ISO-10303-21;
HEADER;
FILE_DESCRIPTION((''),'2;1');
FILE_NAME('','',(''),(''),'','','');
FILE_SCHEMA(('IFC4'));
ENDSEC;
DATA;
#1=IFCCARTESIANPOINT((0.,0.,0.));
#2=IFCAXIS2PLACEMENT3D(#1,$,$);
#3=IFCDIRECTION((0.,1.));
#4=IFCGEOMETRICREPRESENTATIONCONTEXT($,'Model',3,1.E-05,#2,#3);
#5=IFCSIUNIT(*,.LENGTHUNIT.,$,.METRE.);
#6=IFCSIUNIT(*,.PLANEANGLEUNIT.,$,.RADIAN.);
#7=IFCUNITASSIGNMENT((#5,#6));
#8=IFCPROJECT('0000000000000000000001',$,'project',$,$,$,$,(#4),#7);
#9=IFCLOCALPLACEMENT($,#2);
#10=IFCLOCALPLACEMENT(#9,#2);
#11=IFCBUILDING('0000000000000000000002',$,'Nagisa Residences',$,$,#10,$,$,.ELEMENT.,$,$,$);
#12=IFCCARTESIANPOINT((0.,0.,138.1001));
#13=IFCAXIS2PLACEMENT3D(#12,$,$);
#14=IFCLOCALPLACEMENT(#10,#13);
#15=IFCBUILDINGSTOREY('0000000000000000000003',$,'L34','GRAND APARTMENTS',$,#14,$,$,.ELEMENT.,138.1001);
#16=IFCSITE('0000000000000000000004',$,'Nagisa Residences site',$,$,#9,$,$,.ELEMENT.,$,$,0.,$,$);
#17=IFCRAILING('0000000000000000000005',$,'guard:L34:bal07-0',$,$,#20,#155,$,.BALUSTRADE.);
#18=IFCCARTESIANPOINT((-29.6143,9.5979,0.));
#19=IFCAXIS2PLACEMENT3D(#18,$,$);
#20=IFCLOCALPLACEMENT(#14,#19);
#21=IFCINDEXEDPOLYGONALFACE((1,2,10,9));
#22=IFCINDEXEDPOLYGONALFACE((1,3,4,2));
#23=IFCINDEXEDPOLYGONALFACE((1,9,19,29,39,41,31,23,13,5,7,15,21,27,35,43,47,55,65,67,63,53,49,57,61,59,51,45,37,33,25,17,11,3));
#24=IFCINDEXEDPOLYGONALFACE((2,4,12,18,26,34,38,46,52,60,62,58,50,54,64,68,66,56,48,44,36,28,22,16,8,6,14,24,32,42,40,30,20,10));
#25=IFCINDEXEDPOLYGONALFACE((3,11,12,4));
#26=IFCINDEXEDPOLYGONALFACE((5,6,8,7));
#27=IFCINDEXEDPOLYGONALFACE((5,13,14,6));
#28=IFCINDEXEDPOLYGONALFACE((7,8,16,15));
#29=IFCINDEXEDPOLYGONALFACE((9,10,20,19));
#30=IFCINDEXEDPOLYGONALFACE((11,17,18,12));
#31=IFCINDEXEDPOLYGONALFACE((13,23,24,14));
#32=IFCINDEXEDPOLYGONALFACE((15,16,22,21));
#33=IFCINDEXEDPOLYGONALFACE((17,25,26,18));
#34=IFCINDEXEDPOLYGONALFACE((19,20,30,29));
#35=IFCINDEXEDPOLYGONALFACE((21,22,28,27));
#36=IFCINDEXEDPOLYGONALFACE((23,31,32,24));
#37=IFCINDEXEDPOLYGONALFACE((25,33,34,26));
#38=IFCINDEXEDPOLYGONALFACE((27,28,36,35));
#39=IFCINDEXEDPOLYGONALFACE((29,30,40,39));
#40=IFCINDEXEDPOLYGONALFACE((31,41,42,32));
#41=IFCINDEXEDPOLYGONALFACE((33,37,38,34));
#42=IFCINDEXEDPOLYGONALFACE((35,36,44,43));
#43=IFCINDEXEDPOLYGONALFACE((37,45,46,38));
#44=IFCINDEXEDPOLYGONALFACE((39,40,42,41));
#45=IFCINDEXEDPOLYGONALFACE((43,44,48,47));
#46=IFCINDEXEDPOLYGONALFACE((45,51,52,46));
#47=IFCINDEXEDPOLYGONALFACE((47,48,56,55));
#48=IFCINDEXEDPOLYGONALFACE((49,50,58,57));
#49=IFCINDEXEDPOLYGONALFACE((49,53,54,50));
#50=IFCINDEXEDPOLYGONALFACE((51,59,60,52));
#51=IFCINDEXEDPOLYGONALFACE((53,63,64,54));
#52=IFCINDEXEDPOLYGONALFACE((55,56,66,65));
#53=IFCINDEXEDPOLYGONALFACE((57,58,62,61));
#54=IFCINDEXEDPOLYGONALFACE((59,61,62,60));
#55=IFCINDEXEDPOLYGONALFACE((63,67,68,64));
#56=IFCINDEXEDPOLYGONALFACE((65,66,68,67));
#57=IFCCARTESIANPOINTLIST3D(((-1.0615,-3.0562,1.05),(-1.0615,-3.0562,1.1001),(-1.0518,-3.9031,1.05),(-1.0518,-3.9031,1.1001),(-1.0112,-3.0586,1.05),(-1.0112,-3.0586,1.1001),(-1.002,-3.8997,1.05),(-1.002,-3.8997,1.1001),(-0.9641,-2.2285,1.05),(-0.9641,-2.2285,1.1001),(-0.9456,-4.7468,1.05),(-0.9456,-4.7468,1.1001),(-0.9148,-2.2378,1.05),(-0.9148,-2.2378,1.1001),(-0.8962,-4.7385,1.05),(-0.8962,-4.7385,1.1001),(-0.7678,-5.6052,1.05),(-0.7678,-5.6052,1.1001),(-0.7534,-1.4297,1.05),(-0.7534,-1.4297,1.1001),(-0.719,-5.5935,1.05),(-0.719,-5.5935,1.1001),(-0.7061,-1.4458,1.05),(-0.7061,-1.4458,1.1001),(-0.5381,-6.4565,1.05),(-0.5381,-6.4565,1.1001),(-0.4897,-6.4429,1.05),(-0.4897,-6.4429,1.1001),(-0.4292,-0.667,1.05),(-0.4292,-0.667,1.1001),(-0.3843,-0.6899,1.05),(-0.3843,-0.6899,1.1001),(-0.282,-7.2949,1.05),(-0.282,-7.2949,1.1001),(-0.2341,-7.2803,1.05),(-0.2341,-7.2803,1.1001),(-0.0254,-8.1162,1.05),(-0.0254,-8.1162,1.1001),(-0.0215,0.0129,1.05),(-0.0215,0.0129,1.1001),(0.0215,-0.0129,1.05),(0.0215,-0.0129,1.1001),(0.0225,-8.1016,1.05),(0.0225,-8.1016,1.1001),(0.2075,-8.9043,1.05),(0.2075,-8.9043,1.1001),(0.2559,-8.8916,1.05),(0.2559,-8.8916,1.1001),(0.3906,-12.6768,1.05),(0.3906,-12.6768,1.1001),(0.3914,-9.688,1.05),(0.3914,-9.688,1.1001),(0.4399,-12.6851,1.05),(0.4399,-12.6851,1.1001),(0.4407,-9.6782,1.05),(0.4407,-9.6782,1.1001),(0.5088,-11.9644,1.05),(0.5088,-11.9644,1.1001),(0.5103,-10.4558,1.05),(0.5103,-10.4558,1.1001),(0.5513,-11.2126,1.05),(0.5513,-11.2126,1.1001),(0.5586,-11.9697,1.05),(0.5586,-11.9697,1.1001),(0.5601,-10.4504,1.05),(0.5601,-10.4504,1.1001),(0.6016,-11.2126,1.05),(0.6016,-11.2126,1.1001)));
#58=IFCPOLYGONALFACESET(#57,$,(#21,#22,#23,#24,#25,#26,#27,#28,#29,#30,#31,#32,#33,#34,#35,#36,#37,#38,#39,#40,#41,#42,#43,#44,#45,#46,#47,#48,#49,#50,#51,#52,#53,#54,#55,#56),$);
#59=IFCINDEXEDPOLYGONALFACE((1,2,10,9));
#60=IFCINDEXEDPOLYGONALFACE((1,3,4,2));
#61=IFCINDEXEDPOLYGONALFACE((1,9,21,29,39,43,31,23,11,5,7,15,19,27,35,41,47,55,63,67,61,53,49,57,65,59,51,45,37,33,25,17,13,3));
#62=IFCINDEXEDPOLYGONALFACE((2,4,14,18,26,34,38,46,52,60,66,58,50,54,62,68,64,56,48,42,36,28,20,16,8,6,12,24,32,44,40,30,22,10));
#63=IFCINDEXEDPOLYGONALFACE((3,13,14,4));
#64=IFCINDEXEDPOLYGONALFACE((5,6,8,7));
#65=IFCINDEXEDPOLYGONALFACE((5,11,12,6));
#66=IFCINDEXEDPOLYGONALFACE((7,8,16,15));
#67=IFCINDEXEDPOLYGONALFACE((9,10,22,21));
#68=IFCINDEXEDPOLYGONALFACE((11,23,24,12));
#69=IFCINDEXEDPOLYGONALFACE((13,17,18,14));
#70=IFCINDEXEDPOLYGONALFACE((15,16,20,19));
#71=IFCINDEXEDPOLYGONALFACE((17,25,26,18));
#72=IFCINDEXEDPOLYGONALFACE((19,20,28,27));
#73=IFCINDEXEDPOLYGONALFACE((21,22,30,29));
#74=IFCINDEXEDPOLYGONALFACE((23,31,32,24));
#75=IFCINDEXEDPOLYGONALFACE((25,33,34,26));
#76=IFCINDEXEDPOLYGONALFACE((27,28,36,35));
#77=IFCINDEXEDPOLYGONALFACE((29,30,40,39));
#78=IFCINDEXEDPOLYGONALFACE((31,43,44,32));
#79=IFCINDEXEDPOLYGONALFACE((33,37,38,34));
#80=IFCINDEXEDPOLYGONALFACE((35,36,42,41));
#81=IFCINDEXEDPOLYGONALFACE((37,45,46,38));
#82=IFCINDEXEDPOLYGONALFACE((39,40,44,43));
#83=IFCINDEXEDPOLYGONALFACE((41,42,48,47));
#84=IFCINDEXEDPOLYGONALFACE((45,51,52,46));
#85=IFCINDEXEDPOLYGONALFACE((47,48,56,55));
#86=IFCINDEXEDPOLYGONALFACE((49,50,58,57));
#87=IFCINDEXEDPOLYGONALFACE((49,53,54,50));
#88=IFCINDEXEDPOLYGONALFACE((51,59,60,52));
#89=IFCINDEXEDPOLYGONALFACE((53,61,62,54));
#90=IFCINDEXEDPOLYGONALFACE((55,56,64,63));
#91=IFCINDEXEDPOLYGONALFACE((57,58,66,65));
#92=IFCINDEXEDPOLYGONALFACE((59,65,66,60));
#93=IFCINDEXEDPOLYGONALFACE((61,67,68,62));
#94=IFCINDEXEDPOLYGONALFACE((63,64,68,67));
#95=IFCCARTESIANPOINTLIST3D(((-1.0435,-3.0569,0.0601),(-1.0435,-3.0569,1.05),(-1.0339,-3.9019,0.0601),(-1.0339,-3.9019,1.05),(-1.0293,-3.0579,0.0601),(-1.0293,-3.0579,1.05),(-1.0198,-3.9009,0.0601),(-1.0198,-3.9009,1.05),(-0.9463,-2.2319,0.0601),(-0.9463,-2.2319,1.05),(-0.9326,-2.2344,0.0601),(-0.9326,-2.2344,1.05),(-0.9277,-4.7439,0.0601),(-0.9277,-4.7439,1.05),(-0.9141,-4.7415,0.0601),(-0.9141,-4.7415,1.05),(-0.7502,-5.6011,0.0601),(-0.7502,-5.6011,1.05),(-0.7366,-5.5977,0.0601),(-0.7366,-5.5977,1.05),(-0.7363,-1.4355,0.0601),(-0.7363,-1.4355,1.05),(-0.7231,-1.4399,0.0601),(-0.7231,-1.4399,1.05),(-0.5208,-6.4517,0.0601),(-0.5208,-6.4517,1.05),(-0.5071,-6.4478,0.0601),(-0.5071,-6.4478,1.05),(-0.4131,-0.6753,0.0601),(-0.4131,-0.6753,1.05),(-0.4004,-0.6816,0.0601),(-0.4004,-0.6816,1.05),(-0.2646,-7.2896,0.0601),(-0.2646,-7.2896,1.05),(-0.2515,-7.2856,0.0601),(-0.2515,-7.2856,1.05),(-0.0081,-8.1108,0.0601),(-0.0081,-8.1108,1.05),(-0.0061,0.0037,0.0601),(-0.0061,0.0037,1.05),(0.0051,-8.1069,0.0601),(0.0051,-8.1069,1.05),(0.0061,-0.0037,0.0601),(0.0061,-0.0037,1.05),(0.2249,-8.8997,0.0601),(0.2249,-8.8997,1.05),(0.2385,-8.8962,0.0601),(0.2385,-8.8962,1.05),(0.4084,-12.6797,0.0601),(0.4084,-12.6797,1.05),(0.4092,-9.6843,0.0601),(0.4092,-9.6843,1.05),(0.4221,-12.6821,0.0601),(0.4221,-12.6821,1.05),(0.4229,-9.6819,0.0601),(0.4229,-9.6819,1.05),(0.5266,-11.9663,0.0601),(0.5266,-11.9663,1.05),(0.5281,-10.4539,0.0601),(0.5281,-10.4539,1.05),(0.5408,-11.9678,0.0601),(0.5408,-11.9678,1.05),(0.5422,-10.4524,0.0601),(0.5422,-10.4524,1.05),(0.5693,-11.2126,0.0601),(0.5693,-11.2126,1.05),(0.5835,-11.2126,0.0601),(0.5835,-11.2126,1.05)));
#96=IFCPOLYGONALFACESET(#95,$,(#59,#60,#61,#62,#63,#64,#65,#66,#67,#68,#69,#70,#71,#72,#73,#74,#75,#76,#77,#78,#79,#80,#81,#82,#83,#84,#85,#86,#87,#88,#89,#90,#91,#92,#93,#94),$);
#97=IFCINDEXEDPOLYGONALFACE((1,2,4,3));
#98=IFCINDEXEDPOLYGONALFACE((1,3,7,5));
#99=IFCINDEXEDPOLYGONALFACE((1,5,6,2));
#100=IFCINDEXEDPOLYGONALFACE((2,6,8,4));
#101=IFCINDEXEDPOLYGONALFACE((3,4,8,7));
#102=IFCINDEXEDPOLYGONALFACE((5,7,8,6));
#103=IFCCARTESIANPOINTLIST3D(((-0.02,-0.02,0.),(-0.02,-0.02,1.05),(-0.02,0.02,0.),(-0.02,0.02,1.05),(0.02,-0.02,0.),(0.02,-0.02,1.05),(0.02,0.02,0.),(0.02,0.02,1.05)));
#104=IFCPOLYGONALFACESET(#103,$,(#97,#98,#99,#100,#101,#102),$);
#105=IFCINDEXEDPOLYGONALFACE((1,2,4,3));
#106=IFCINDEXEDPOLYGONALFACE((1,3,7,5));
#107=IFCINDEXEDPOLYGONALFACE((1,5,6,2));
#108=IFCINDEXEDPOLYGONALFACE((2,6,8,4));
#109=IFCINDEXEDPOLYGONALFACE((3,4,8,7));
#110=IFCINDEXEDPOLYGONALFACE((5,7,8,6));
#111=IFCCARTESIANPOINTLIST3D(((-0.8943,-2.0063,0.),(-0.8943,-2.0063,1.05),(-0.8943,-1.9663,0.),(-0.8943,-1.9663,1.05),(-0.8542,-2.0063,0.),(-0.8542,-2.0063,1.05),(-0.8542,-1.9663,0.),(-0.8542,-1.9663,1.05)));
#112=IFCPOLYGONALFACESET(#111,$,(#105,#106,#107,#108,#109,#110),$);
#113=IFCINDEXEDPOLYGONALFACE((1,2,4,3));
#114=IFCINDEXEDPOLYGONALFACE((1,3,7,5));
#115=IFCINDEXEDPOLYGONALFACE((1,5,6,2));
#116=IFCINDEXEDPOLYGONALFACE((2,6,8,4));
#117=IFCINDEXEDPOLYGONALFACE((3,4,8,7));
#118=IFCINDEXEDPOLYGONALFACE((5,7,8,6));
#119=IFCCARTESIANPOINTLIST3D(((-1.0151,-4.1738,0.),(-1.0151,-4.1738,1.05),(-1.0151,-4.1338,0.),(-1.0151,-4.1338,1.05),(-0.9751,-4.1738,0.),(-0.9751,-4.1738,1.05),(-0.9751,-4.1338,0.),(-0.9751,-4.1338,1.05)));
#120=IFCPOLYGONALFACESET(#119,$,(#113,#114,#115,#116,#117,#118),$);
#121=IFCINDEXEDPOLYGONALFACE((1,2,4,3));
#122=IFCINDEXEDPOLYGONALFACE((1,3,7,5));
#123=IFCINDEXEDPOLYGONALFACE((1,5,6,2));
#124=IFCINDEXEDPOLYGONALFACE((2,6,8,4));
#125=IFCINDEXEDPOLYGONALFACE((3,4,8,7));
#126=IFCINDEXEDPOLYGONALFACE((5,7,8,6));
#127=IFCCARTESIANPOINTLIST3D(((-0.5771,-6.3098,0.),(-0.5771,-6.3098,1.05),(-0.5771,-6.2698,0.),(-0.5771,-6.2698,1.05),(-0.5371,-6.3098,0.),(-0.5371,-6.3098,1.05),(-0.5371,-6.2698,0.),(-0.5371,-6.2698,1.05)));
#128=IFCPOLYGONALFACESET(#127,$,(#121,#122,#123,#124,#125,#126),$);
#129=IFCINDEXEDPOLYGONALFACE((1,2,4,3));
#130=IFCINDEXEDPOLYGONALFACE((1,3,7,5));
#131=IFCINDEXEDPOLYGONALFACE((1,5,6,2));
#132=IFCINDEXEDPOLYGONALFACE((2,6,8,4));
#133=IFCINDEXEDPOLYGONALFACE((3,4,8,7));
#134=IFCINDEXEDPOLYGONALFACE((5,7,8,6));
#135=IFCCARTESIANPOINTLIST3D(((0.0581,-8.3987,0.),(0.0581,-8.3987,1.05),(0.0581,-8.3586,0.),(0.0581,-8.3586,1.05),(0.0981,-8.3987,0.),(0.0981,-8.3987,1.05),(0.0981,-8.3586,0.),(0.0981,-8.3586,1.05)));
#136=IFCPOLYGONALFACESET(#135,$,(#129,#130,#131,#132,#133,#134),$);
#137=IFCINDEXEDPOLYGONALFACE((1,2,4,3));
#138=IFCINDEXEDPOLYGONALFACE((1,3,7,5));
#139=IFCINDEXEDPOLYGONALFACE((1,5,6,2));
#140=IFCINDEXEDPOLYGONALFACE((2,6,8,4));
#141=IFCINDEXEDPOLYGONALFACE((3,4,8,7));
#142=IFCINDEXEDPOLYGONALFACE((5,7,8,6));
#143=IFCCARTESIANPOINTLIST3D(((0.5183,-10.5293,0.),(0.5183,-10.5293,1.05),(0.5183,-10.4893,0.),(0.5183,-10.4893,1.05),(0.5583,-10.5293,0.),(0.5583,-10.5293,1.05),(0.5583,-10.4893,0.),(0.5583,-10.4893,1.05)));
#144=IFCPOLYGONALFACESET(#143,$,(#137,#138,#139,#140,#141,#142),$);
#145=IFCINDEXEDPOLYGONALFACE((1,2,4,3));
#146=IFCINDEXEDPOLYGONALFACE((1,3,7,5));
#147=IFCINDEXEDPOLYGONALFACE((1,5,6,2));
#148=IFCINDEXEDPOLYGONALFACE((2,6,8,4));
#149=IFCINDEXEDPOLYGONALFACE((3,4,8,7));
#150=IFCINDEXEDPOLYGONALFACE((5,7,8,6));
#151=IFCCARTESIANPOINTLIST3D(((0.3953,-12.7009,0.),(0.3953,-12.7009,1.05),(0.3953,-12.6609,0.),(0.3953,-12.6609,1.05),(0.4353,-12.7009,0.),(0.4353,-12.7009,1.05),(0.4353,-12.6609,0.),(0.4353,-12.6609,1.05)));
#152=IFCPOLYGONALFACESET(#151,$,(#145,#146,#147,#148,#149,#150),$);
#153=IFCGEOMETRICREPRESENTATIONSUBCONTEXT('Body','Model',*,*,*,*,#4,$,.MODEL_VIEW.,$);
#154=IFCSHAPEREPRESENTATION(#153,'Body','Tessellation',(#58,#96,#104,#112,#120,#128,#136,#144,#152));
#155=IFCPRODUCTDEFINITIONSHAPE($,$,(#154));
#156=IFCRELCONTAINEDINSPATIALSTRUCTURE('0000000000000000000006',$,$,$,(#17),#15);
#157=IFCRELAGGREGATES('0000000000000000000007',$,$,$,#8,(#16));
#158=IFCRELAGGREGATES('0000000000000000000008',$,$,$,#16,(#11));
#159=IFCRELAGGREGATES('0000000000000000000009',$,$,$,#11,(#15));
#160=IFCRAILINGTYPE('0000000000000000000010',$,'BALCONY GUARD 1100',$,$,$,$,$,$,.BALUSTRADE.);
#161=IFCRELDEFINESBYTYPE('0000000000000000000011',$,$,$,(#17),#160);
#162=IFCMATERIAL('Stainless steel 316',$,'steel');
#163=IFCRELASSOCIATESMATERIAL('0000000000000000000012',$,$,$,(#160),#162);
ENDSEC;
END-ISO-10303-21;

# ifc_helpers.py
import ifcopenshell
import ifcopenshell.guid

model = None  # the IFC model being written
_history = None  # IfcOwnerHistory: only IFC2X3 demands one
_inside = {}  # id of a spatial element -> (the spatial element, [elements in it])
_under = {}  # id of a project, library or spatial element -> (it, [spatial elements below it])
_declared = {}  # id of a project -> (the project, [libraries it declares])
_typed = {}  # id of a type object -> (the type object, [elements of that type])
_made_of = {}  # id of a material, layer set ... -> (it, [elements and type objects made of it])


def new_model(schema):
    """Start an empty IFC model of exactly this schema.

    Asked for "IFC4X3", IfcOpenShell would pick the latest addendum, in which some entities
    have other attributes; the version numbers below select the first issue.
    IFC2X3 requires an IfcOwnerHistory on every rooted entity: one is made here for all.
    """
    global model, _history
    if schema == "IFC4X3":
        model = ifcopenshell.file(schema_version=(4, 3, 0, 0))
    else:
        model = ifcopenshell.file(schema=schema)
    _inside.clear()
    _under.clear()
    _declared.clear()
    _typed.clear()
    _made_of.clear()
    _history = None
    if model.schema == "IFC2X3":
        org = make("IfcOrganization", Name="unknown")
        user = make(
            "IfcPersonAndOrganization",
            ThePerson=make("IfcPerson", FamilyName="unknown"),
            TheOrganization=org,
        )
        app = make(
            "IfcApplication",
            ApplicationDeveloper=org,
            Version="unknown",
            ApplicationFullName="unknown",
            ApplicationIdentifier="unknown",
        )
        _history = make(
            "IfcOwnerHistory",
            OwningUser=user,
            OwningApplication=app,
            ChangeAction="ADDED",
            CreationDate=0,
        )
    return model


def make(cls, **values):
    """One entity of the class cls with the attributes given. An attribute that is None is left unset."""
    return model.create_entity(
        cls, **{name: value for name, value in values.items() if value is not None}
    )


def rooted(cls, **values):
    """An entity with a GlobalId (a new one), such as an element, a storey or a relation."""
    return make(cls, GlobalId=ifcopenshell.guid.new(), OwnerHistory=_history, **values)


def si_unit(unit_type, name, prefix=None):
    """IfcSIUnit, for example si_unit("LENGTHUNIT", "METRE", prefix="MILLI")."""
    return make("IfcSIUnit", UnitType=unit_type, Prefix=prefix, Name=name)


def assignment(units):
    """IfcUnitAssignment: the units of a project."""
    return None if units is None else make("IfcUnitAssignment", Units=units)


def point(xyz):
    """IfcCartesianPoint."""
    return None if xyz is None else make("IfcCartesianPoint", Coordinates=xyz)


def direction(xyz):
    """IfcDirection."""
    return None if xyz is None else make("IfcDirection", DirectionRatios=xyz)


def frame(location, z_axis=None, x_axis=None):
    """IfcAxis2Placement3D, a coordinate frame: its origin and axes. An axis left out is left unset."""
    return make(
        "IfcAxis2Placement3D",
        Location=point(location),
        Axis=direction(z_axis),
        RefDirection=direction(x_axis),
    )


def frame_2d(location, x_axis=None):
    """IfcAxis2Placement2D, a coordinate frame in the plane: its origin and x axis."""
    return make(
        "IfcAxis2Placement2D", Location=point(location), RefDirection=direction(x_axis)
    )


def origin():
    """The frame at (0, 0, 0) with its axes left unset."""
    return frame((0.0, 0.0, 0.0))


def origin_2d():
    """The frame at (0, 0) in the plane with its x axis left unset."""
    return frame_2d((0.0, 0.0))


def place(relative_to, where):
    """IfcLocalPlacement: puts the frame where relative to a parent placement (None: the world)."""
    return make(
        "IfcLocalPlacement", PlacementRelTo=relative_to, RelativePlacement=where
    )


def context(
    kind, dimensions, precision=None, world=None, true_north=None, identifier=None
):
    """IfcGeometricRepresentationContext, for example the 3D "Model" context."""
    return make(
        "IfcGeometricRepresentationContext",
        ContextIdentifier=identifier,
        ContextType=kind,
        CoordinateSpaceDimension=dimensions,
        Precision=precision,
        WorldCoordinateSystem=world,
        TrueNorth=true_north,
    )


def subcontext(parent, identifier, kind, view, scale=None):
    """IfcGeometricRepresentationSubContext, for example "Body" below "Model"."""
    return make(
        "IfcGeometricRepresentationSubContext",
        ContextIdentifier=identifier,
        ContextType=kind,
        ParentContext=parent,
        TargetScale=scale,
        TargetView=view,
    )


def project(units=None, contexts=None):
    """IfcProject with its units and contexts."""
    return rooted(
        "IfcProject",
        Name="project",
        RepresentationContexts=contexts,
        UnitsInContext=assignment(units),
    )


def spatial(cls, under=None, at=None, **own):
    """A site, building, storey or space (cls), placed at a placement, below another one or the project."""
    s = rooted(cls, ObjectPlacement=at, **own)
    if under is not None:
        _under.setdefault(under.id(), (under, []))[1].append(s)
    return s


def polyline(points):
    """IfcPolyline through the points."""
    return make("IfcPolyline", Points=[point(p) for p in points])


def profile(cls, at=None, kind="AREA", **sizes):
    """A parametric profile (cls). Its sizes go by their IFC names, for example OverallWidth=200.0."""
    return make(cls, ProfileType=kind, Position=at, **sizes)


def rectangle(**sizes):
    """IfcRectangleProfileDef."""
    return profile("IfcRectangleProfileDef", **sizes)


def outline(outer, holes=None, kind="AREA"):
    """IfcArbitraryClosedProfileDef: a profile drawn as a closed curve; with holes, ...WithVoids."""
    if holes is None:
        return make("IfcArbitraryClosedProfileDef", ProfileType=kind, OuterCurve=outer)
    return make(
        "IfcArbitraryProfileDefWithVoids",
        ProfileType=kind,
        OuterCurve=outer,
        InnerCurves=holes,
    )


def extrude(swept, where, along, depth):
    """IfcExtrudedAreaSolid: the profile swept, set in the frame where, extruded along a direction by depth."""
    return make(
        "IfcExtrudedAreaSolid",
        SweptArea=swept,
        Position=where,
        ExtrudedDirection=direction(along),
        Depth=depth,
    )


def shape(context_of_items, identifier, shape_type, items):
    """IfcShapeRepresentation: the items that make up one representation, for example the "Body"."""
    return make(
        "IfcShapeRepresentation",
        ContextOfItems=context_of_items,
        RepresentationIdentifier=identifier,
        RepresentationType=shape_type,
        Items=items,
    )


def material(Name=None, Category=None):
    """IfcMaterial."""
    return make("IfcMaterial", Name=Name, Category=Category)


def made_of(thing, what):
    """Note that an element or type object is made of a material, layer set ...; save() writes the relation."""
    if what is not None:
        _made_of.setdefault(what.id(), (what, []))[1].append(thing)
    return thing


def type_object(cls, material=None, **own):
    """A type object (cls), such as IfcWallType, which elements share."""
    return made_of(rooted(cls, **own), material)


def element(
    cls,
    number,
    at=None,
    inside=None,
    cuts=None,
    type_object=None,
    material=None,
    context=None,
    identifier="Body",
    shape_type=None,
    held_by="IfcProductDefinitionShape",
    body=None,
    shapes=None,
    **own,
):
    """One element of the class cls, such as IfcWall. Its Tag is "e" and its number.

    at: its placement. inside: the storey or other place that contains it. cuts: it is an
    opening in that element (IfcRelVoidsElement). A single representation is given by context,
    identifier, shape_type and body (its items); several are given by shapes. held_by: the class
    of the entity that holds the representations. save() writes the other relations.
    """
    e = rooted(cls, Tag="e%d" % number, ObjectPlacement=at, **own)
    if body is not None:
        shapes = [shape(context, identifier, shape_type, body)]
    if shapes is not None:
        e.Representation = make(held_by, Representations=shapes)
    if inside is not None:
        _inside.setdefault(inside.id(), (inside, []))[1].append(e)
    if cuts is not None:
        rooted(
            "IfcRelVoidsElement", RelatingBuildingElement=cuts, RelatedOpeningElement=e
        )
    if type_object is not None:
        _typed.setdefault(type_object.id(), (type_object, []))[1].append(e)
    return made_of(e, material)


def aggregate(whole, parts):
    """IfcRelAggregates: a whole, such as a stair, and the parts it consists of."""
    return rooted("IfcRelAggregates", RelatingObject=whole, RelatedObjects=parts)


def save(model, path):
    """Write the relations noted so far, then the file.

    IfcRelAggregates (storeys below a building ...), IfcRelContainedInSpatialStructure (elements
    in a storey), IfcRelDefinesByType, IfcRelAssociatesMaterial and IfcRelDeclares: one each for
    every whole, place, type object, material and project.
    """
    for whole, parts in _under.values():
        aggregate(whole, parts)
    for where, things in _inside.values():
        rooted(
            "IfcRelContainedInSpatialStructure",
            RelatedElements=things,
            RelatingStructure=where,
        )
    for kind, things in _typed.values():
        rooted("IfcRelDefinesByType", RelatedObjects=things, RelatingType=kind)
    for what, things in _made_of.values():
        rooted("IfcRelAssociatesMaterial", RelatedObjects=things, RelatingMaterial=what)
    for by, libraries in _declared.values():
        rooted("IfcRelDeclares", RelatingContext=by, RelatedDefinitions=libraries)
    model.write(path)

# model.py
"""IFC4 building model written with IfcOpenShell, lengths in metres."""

from ifc_helpers import new_model, si_unit, direction, frame, origin, origin_2d, place, context, subcontext, project, spatial, polyline, rectangle, outline, extrude, material, type_object, element, save


model = new_model("IFC4")

# Units and contexts
model_context = context("Model", 3, precision=1e-05, world=origin(), true_north=direction((0.0, 1.0)))
body_context = subcontext(model_context, "Body", "Model", "MODEL_VIEW")
ifc_project = project(units=[si_unit("LENGTHUNIT", "METRE"), si_unit("PLANEANGLEUNIT", "RADIAN")], contexts=[model_context])

# Site, building, storey
site_placement = place(None, origin())
site = spatial("IfcSite", under=ifc_project, at=site_placement, Name="Nagisa Residences site", CompositionType="ELEMENT", RefElevation=0.0)
building_placement = place(site_placement, origin())
building = spatial("IfcBuilding", under=site, at=building_placement, Name="Nagisa Residences", CompositionType="ELEMENT")
storey_placement = place(building_placement, frame((0.0, 0.0, 138.1001)))
storey = spatial("IfcBuildingStorey", under=building, at=storey_placement, Name="L34", Description="GRAND APARTMENTS", CompositionType="ELEMENT", Elevation=138.1001)

# Railing
ifc_material_1 = material(Name="Stainless steel 316", Category="steel")
railing_type = type_object("IfcRailingType", Name="BALCONY GUARD 1100", PredefinedType="BALUSTRADE", material=ifc_material_1)
railing_placement = place(storey_placement, frame((-29.6143, 9.5979, 0.0)))
element("IfcRailing", 1, at=railing_placement, inside=storey, type_object=railing_type, Name="guard:L34:bal07-0", PredefinedType="BALUSTRADE", context=body_context, shape_type="SweptSolid", body=[
    extrude(outline(polyline([(-0.3843, -0.6899), (0.0215, -0.0129), (-0.0215, 0.0129), (-0.4292, -0.667), (-0.7534, -1.4297), (-0.9641, -2.2285), (-1.0615, -3.0562), (-1.0518, -3.9031), (-0.9456, -4.7468), (-0.7678, -5.6052), (-0.5381, -6.4565), (-0.282, -7.2949), (-0.0254, -8.1162), (0.2075, -8.9043), (0.3914, -9.688), (0.5103, -10.4558), (0.5513, -11.2126), (0.5088, -11.9644), (0.3906, -12.6768), (0.4399, -12.6851), (0.5586, -11.9697), (0.6016, -11.2126), (0.5601, -10.4504), (0.4407, -9.6782), (0.2559, -8.8916), (0.0225, -8.1016), (-0.2341, -7.2803), (-0.4897, -6.4429), (-0.719, -5.5935), (-0.8962, -4.7385), (-1.002, -3.8997), (-1.0112, -3.0586), (-0.9148, -2.2378), (-0.7061, -1.4458), (-0.3843, -0.6899)])), frame((0.0, 0.0, 1.05)), (0.0, 0.0, 1.0), 0.05),
    extrude(outline(polyline([(-0.4004, -0.6816), (0.0061, -0.0037), (-0.0061, 0.0037), (-0.4131, -0.6753), (-0.7363, -1.4355), (-0.9463, -2.2319), (-1.0435, -3.0569), (-1.0339, -3.9019), (-0.9277, -4.7439), (-0.7502, -5.6011), (-0.5208, -6.4517), (-0.2646, -7.2896), (-0.0081, -8.1108), (0.2249, -8.8997), (0.4092, -9.6843), (0.5281, -10.4539), (0.5693, -11.2126), (0.5266, -11.9663), (0.4084, -12.6797), (0.4221, -12.6821), (0.5408, -11.9678), (0.5835, -11.2126), (0.5422, -10.4524), (0.4229, -9.6819), (0.2385, -8.8962), (0.0051, -8.1069), (-0.2515, -7.2856), (-0.5071, -6.4478), (-0.7366, -5.5977), (-0.9141, -4.7415), (-1.0198, -3.9009), (-1.0293, -3.0579), (-0.9326, -2.2344), (-0.7231, -1.4399), (-0.4004, -0.6816)])), frame((0.0, 0.0, 0.0601)), (0.0, 0.0, 1.0), 0.99),
    extrude(rectangle(XDim=0.04, YDim=0.04, at=origin_2d()), origin(), (0.0, 0.0, 1.0), 1.05),
    extrude(rectangle(XDim=0.04, YDim=0.04, at=origin_2d()), frame((-0.8743, -1.9863, 0.0)), (0.0, 0.0, 1.0), 1.05),
    extrude(rectangle(XDim=0.04, YDim=0.04, at=origin_2d()), frame((-0.9951, -4.1538, 0.0)), (0.0, 0.0, 1.0), 1.05),
    extrude(rectangle(XDim=0.04, YDim=0.04, at=origin_2d()), frame((-0.5571, -6.2898, 0.0)), (0.0, 0.0, 1.0), 1.05),
    extrude(rectangle(XDim=0.04, YDim=0.04, at=origin_2d()), frame((0.0781, -8.3787, 0.0)), (0.0, 0.0, 1.0), 1.05),
    extrude(rectangle(XDim=0.04, YDim=0.04, at=origin_2d()), frame((0.5383, -10.5093, 0.0)), (0.0, 0.0, 1.0), 1.05),
    extrude(rectangle(XDim=0.04, YDim=0.04, at=origin_2d()), frame((0.4153, -12.6809, 0.0)), (0.0, 0.0, 1.0), 1.05),
])

save(model, "model.ifc")
